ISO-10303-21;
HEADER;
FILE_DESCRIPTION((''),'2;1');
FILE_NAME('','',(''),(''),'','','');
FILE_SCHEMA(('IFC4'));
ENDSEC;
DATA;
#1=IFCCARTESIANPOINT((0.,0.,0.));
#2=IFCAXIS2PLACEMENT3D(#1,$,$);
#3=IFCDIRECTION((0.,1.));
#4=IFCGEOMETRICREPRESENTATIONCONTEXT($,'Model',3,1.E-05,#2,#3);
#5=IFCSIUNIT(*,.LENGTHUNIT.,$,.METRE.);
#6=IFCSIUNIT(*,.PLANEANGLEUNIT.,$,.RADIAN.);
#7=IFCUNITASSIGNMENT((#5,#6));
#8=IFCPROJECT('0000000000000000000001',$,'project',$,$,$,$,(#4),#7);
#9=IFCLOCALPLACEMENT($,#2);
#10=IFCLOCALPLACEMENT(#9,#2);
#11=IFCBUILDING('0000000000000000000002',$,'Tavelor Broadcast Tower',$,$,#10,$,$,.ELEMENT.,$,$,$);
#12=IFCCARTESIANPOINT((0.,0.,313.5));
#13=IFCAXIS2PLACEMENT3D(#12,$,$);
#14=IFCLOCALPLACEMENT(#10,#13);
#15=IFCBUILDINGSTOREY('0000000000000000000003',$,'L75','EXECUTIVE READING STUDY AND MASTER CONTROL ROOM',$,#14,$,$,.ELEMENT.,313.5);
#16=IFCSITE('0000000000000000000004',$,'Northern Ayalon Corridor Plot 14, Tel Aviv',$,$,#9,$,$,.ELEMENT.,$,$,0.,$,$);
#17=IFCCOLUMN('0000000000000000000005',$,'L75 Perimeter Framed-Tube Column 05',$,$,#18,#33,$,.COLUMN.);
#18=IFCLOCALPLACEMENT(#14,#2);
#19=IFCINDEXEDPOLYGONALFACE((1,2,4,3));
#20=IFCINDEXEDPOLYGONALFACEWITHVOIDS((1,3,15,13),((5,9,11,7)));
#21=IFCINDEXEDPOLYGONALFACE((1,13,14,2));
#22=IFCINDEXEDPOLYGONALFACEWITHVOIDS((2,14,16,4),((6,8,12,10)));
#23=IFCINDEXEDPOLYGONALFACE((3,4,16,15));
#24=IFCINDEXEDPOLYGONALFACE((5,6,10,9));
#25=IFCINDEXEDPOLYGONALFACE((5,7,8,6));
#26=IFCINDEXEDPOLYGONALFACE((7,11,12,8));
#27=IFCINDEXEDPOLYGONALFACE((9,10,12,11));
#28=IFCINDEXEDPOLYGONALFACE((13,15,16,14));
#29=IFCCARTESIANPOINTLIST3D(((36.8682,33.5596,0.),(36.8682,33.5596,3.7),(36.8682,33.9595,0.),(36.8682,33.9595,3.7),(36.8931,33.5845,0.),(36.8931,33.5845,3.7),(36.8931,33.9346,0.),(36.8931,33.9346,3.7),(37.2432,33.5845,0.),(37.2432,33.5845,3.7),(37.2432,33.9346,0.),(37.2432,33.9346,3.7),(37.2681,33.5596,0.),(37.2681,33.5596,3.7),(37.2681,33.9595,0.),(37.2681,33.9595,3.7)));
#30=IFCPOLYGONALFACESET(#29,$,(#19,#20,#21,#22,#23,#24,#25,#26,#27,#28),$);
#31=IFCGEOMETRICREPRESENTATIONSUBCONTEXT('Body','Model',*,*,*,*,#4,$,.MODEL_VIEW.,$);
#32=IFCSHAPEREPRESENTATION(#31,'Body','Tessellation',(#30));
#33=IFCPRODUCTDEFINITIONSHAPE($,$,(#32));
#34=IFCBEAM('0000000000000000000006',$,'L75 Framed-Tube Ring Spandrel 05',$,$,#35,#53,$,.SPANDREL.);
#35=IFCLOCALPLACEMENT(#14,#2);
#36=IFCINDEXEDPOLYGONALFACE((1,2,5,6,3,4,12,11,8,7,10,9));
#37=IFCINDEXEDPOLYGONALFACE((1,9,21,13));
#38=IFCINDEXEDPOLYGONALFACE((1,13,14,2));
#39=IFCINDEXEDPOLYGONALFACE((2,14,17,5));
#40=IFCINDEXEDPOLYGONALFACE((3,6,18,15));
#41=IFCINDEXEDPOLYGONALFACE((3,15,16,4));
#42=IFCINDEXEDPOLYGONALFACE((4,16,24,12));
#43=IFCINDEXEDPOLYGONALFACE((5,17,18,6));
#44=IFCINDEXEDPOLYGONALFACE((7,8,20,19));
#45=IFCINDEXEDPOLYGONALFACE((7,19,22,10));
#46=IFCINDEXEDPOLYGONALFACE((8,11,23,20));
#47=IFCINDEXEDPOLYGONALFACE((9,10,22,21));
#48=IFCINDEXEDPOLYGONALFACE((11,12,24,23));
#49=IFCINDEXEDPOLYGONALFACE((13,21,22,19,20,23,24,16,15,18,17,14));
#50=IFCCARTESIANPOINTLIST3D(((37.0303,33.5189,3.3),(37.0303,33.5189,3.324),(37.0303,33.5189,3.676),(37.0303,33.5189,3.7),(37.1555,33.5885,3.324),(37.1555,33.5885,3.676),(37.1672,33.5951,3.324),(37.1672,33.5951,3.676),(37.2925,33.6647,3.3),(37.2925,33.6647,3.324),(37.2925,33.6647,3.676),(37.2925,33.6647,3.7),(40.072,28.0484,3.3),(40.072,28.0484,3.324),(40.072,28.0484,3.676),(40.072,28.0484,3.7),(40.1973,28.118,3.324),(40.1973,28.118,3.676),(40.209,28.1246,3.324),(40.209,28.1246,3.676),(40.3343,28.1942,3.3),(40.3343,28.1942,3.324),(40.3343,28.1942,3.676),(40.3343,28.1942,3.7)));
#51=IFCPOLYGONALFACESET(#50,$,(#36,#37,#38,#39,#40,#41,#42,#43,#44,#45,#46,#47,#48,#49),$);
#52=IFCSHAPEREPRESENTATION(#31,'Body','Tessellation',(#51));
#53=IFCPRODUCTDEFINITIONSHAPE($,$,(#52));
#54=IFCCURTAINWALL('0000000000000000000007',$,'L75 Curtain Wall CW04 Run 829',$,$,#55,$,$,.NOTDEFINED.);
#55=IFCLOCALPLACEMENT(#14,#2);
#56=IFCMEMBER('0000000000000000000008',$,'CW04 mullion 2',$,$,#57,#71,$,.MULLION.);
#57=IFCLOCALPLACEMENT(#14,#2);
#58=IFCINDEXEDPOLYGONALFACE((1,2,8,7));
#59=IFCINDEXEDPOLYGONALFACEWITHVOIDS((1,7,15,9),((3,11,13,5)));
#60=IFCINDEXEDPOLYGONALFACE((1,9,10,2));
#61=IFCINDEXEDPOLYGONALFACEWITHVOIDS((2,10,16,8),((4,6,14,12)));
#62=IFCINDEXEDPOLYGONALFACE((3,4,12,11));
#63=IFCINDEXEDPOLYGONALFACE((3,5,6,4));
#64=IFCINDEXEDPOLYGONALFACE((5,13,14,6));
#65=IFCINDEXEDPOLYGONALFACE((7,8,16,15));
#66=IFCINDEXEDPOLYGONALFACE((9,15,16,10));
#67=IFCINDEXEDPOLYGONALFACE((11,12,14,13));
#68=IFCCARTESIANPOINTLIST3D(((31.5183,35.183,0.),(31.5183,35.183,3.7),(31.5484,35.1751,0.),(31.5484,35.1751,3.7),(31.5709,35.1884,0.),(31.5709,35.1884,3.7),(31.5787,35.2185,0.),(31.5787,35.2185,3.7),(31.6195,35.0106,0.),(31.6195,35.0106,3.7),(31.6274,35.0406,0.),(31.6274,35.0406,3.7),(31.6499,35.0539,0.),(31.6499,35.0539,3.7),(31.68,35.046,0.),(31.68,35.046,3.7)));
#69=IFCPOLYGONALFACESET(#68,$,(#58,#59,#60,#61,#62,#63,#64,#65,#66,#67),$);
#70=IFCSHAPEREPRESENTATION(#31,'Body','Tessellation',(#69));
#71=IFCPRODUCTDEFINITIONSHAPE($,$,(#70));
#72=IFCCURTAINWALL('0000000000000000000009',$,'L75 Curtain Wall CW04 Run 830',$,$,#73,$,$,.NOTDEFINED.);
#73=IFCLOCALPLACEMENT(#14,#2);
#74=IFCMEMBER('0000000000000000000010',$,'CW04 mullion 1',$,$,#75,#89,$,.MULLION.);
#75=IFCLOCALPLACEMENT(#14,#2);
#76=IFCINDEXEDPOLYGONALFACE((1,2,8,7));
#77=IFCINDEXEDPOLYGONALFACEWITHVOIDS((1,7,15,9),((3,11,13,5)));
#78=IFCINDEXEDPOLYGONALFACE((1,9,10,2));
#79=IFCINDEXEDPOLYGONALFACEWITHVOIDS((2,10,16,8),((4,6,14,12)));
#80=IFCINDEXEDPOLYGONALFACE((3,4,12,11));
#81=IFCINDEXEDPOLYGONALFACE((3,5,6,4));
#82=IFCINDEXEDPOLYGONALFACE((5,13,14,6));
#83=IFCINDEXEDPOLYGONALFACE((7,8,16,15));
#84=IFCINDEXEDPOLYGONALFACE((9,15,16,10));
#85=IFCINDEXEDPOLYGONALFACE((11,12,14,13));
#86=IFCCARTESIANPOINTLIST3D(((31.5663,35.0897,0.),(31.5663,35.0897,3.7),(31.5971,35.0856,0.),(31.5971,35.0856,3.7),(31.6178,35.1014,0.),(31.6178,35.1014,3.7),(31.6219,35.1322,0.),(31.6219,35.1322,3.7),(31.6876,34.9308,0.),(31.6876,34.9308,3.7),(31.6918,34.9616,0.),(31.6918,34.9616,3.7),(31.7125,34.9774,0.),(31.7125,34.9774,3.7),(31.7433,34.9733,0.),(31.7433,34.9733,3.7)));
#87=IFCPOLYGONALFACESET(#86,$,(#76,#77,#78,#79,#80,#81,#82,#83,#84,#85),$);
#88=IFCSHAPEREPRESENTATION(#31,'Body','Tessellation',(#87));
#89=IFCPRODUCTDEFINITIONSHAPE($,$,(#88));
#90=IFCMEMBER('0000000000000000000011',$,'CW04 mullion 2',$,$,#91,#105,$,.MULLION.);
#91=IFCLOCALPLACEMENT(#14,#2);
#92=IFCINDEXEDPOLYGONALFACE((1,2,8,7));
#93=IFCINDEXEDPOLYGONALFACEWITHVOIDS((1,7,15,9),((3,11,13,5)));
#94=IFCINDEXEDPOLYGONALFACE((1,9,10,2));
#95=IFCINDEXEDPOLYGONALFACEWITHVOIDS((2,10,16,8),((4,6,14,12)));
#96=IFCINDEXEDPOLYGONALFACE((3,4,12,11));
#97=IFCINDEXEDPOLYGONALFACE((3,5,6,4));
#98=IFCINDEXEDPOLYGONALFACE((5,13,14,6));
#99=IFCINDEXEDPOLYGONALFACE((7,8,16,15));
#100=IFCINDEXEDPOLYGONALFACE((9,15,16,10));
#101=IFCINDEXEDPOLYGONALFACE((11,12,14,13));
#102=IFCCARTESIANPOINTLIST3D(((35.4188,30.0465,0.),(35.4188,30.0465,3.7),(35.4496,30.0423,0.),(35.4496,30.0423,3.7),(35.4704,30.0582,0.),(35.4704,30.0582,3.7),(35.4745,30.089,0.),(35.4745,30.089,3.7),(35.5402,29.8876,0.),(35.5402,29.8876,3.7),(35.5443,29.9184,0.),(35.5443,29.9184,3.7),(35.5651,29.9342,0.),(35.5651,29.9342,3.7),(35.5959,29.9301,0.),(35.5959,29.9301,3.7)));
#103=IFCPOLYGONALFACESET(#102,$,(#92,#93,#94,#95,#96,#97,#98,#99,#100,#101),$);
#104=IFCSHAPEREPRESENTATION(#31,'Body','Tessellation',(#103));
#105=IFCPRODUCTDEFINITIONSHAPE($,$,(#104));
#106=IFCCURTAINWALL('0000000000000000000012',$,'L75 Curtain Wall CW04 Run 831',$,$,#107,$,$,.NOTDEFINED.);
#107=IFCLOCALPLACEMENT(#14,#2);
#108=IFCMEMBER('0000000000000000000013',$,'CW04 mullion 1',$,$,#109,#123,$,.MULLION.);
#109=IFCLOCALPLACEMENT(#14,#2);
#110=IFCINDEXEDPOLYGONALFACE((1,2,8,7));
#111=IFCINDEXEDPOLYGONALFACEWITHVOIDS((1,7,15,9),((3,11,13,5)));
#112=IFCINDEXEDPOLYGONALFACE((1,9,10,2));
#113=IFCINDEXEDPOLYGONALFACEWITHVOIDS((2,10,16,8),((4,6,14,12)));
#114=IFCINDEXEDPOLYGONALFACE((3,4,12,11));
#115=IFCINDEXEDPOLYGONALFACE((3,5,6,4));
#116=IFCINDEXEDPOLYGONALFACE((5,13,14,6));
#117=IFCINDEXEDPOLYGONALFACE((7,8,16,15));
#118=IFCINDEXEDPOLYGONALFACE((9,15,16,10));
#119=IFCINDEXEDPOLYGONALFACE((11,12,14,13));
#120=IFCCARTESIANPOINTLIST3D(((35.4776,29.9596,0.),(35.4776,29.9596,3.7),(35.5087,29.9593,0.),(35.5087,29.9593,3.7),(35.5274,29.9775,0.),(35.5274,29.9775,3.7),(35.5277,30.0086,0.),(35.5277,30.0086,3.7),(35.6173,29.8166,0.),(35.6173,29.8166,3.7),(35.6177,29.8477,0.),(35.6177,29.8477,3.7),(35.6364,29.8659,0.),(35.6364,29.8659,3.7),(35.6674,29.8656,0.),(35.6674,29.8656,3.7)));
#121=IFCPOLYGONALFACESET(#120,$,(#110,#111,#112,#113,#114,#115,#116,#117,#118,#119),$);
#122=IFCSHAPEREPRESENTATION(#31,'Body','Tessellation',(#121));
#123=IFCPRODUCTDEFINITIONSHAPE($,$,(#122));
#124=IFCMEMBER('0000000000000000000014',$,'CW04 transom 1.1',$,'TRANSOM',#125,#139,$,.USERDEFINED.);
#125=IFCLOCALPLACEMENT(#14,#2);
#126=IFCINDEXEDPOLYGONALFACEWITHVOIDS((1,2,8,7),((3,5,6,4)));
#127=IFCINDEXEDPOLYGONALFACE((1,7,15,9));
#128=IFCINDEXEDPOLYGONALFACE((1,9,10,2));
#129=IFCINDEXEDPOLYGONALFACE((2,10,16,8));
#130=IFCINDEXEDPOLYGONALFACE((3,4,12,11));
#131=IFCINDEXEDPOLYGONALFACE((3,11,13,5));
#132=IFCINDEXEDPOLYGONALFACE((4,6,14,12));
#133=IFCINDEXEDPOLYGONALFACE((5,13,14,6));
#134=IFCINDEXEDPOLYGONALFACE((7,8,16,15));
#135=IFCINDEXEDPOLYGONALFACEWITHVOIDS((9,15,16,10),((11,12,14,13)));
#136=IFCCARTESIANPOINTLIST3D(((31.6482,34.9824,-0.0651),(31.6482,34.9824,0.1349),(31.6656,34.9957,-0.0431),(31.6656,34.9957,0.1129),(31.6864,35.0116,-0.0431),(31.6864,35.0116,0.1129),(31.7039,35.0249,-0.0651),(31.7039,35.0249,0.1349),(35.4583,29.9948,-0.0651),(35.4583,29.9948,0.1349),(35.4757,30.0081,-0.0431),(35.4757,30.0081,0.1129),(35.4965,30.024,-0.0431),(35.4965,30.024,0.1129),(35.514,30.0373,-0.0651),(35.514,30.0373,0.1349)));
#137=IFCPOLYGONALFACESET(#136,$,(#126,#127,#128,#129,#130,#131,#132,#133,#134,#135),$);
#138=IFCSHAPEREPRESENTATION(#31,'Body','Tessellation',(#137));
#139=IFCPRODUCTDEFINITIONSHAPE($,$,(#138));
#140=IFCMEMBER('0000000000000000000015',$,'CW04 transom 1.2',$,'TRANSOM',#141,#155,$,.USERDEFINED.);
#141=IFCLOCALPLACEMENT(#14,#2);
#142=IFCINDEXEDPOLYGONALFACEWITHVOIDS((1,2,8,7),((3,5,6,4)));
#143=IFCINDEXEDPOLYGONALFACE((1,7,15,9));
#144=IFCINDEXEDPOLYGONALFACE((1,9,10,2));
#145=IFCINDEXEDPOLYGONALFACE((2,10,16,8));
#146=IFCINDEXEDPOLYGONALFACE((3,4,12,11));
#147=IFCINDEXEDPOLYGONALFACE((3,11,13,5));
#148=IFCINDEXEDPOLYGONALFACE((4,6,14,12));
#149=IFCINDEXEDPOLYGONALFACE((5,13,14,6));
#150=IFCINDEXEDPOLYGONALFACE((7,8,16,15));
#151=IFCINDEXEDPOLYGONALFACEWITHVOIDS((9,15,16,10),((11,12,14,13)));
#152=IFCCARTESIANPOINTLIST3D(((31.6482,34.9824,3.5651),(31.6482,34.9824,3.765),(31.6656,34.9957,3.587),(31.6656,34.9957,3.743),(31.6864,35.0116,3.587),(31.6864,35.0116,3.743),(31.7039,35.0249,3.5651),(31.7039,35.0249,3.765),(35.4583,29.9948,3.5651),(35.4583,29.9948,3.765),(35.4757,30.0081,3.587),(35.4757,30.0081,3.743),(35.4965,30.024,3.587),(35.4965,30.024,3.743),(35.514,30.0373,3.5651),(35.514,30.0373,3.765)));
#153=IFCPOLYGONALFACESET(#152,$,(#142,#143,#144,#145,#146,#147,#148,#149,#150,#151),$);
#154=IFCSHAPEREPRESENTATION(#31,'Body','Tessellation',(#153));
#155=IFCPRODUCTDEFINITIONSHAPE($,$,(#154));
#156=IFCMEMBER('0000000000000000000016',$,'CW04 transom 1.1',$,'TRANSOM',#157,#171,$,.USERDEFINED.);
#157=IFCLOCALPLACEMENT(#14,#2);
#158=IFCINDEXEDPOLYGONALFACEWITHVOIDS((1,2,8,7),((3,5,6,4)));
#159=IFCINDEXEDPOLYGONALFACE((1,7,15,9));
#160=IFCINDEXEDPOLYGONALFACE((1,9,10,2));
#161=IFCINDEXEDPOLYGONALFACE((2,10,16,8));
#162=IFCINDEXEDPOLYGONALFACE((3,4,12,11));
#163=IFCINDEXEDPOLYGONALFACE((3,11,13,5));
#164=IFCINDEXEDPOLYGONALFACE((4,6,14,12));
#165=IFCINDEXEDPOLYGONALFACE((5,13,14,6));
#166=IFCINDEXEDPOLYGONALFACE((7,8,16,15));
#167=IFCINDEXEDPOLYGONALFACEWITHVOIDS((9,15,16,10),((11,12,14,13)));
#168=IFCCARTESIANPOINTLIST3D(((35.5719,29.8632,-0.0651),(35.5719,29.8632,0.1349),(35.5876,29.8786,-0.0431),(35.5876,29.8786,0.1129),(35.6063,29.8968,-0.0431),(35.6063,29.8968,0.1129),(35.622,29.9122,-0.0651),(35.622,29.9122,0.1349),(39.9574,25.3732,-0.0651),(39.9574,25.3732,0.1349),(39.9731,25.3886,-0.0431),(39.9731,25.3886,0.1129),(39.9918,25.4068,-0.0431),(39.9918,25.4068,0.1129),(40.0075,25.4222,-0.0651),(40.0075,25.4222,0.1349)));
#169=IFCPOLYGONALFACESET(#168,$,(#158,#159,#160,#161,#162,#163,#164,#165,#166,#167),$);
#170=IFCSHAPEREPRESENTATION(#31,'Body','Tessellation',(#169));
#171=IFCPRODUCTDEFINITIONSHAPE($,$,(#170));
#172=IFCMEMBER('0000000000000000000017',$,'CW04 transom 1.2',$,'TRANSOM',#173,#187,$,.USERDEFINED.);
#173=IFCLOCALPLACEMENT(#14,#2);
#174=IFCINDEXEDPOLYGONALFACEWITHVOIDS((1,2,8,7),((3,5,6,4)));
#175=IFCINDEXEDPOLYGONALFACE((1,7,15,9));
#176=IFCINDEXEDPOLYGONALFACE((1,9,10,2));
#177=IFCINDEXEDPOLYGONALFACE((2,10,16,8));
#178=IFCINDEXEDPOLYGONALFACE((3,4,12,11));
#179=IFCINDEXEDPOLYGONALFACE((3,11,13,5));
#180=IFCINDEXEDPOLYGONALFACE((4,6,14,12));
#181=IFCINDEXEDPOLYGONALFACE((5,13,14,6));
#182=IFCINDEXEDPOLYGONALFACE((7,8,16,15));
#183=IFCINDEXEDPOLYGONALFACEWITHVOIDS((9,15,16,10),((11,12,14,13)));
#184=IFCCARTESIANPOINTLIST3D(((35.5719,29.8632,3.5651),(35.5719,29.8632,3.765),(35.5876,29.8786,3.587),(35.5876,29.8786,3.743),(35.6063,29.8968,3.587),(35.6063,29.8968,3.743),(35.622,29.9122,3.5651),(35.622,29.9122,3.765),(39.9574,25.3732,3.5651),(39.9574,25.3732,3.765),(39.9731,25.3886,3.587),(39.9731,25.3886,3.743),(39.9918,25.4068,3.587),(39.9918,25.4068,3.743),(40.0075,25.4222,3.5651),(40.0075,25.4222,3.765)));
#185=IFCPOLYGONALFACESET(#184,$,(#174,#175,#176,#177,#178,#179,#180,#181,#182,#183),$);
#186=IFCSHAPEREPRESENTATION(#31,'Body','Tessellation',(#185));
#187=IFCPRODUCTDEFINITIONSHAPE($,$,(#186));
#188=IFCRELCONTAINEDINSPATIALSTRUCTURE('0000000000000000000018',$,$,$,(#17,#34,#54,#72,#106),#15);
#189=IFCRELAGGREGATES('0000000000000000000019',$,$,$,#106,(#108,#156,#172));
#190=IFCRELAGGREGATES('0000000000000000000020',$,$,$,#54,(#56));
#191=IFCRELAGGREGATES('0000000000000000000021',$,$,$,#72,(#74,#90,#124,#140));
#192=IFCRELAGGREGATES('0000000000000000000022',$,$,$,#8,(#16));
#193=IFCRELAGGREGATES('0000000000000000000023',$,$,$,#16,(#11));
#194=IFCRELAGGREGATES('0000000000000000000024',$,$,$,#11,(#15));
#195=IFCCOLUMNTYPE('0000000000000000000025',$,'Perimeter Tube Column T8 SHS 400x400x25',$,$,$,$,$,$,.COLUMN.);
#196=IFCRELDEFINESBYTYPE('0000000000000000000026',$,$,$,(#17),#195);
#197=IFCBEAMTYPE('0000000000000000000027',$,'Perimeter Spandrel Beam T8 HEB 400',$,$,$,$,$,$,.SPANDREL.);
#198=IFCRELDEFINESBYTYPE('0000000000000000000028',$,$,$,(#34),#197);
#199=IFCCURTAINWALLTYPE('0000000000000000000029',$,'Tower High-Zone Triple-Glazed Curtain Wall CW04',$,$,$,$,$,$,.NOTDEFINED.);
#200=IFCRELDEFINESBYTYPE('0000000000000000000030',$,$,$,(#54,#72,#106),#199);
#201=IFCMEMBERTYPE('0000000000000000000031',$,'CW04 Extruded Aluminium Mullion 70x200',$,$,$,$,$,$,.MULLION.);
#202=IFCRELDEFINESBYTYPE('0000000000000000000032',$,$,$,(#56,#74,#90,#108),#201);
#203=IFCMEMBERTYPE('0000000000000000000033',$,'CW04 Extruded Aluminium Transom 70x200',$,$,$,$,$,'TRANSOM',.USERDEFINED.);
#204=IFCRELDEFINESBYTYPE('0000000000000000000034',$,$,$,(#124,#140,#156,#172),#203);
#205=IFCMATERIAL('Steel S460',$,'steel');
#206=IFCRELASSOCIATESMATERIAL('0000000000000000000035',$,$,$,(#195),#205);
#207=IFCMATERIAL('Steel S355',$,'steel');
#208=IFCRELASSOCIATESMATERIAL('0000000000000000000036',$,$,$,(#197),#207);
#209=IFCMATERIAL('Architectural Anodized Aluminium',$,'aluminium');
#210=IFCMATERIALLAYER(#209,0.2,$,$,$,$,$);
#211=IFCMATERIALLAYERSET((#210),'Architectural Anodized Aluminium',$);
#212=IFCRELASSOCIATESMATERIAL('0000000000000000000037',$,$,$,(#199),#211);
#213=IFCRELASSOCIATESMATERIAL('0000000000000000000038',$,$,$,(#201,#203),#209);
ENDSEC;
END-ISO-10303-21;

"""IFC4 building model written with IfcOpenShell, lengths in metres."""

from ifc_helpers import new_model, si_unit, direction, frame, origin, origin_2d, place, context, subcontext, project, spatial, hollow_rectangle, i_section, extrude, source, transform, mapped, material, layer, layer_set, material_profile, profile_set, type_object, type_shapes, element, aggregate, save


model = new_model("IFC4")

# Units and contexts
model_context = context("Model", 3, precision=1e-05, world=origin(), true_north=direction((0.0, 1.0)))
body_context = subcontext(model_context, "Body", "Model", "MODEL_VIEW")
ifc_project = project(units=[si_unit("LENGTHUNIT", "METRE"), si_unit("PLANEANGLEUNIT", "RADIAN")], contexts=[model_context])

# Site, building, storey
site_placement = place(None, origin())
site = spatial("IfcSite", under=ifc_project, at=site_placement, Name="Northern Ayalon Corridor Plot 14, Tel Aviv", CompositionType="ELEMENT", RefElevation=0.0)
building_placement = place(site_placement, origin())
building = spatial("IfcBuilding", under=site, at=building_placement, Name="Tavelor Broadcast Tower", CompositionType="ELEMENT")
storey_placement = place(building_placement, frame((0.0, 0.0, 313.5)))
storey = spatial("IfcBuildingStorey", under=building, at=storey_placement, Name="L75", Description="EXECUTIVE READING STUDY AND MASTER CONTROL ROOM", CompositionType="ELEMENT", Elevation=313.5)

# Column
ifc_material_1 = material(Name="Steel S460", Category="steel")
ifc_material_profile_1 = material_profile(ifc_material_1, hollow_rectangle(XDim=0.3999, YDim=0.3999, WallThickness=0.0249, at=origin_2d()), Name="SHS 400x400x25")
ifc_profile_set_1 = profile_set([ifc_material_profile_1], Name="Steel S460")
column_type = type_object("IfcColumnType", Name="Perimeter Tube Column T8 SHS 400x400x25", PredefinedType="COLUMN", material=ifc_profile_set_1)
column_placement = place(storey_placement, frame((37.0681, 33.7595, 0.0), z_axis=(0.0, 0.0, 1.0), x_axis=(1.0, 0.0, 0.0)))
element("IfcColumn", 1, at=column_placement, inside=storey, type_object=column_type, Name="L75 Perimeter Framed-Tube Column 05", PredefinedType="COLUMN", context=body_context, shape_type="SweptSolid", body=[
    extrude(hollow_rectangle(XDim=0.3999, YDim=0.3999, WallThickness=0.0249, at=origin_2d()), origin(), (0.0, 0.0, 1.0), 3.7),
])

# Beam
ifc_material_2 = material(Name="Steel S355", Category="steel")
ifc_material_profile_2 = material_profile(ifc_material_2, i_section(OverallWidth=0.3, OverallDepth=0.3999, WebThickness=0.0134, FlangeThickness=0.0239, at=origin_2d()), Name="HEB 400")
ifc_profile_set_2 = profile_set([ifc_material_profile_2], Name="Steel S355")
beam_type = type_object("IfcBeamType", Name="Perimeter Spandrel Beam T8 HEB 400", PredefinedType="SPANDREL", material=ifc_profile_set_2)
beam_placement = place(storey_placement, frame((37.1614, 33.5918, 3.5), z_axis=(0.485961, -0.873981, 0.0), x_axis=(0.873981, 0.485961, 0.0)))
element("IfcBeam", 2, at=beam_placement, inside=storey, type_object=beam_type, Name="L75 Framed-Tube Ring Spandrel 05", PredefinedType="SPANDREL", context=body_context, shape_type="SweptSolid", body=[
    extrude(i_section(OverallWidth=0.3, OverallDepth=0.3999, WebThickness=0.0134, FlangeThickness=0.0239, at=origin_2d()), origin(), (0.0, 0.0, 1.0), 6.2593),
])

# Curtain wall, member
ifc_material_3 = material(Name="Architectural Anodized Aluminium", Category="aluminium")
ifc_layer_1 = layer(ifc_material_3, 0.2)
ifc_layer_set_1 = layer_set([ifc_layer_1], Name="Architectural Anodized Aluminium")
curtain_wall_type = type_object("IfcCurtainWallType", Name="Tower High-Zone Triple-Glazed Curtain Wall CW04", PredefinedType="NOTDEFINED", material=ifc_layer_set_1)
curtain_wall_1_placement = place(storey_placement, origin())
curtain_wall_1 = element("IfcCurtainWall", 3, at=curtain_wall_1_placement, inside=storey, type_object=curtain_wall_type, Name="L75 Curtain Wall CW04 Run 829", PredefinedType="NOTDEFINED")
ifc_material_profile_3 = material_profile(ifc_material_3, hollow_rectangle(XDim=0.0701, YDim=0.2, WallThickness=0.022, at=origin_2d()), Name="RHS 70x200x22")
ifc_profile_set_3 = profile_set([ifc_material_profile_3], Name="Architectural Anodized Aluminium")
member_type_1 = type_object("IfcMemberType", Name="CW04 Extruded Aluminium Mullion 70x200", PredefinedType="MULLION", material=ifc_profile_set_3)
shared_shape_1 = source(origin(), body_context, "Body", "SweptSolid", [
    extrude(hollow_rectangle(XDim=0.0701, YDim=0.2, WallThickness=0.022, at=origin_2d()), origin(), (0.0, 0.0, 1.0), 3.7),
])
type_shapes(member_type_1, [shared_shape_1])
member_1_placement = place(storey_placement, frame((31.5991, 35.1145, 0.0), z_axis=(0.0, 0.0, 1.0), x_axis=(0.862299, 0.506399, 0.0)))
member_1 = element("IfcMember", 4, at=member_1_placement, type_object=member_type_1, Name="CW04 mullion 2", PredefinedType="MULLION", context=body_context, shape_type="MappedRepresentation", body=[
    mapped(shared_shape_1, transform((0.0, 0.0, 0.0), scale=1.0)),
])

# Curtain wall, members
curtain_wall_2_placement = place(storey_placement, origin())
curtain_wall_2 = element("IfcCurtainWall", 5, at=curtain_wall_2_placement, inside=storey, type_object=curtain_wall_type, Name="L75 Curtain Wall CW04 Run 830", PredefinedType="NOTDEFINED")
member_2_placement = place(storey_placement, frame((31.6548, 35.0315, 0.0), z_axis=(0.0, 0.0, 1.0), x_axis=(0.79467, 0.607041, 0.0)))
member_2 = element("IfcMember", 6, at=member_2_placement, type_object=member_type_1, Name="CW04 mullion 1", PredefinedType="MULLION", context=body_context, shape_type="MappedRepresentation", body=[
    mapped(shared_shape_1, transform((0.0, 0.0, 0.0), scale=1.0)),
])
member_3_placement = place(storey_placement, frame((35.5073, 29.9883, 0.0), z_axis=(0.0, 0.0, 1.0), x_axis=(0.79467, 0.607041, 0.0)))
member_3 = element("IfcMember", 7, at=member_3_placement, type_object=member_type_1, Name="CW04 mullion 2", PredefinedType="MULLION", context=body_context, shape_type="MappedRepresentation", body=[
    mapped(shared_shape_1, transform((0.0, 0.0, 0.0), scale=1.0)),
])

# Curtain wall, member
curtain_wall_3_placement = place(storey_placement, origin())
curtain_wall_3 = element("IfcCurtainWall", 8, at=curtain_wall_3_placement, inside=storey, type_object=curtain_wall_type, Name="L75 Curtain Wall CW04 Run 831", PredefinedType="NOTDEFINED")
member_4_placement = place(storey_placement, frame((35.5725, 29.9126, 0.0), z_axis=(0.0, 0.0, 1.0), x_axis=(0.71538, 0.698735, 0.0)))
member_4 = element("IfcMember", 9, at=member_4_placement, type_object=member_type_1, Name="CW04 mullion 1", PredefinedType="MULLION", context=body_context, shape_type="MappedRepresentation", body=[
    mapped(shared_shape_1, transform((0.0, 0.0, 0.0), scale=1.0)),
])

# Members
ifc_material_profile_4 = material_profile(ifc_material_3, hollow_rectangle(XDim=0.0701, YDim=0.2, WallThickness=0.022, at=origin_2d()), Name="RHS 70x200x22")
ifc_profile_set_4 = profile_set([ifc_material_profile_4], Name="Architectural Anodized Aluminium")
member_type_2 = type_object("IfcMemberType", Name="CW04 Extruded Aluminium Transom 70x200", ElementType="TRANSOM", PredefinedType="USERDEFINED", material=ifc_profile_set_4)
shared_shape_2 = source(origin(), body_context, "Body", "SweptSolid", [
    extrude(hollow_rectangle(XDim=0.0701, YDim=0.2, WallThickness=0.022, at=origin_2d()), origin(), (0.0, 0.0, 1.0), 6.2764),
])
type_shapes(member_type_2, [shared_shape_2])
member_5_placement = place(storey_placement, frame((31.676, 35.0037, 0.0349), z_axis=(0.607053, -0.794661, 0.0), x_axis=(0.794661, 0.607053, 0.0)))
member_5 = element("IfcMember", 10, at=member_5_placement, type_object=member_type_2, Name="CW04 transom 1.1", ObjectType="TRANSOM", PredefinedType="USERDEFINED", context=body_context, shape_type="MappedRepresentation", body=[
    mapped(shared_shape_2, transform((0.0, 0.0, 0.0), scale=1.0)),
])
member_6_placement = place(storey_placement, frame((31.676, 35.0037, 3.665), z_axis=(0.607053, -0.794661, 0.0), x_axis=(0.794661, 0.607053, 0.0)))
member_6 = element("IfcMember", 11, at=member_6_placement, type_object=member_type_2, Name="CW04 transom 1.2", ObjectType="TRANSOM", PredefinedType="USERDEFINED", context=body_context, shape_type="MappedRepresentation", body=[
    mapped(shared_shape_2, transform((0.0, 0.0, 0.0), scale=1.0)),
])
member_7_placement = place(storey_placement, frame((35.5969, 29.8877, 0.0349), z_axis=(0.698734, -0.715382, 0.0), x_axis=(0.715382, 0.698734, 0.0)))
member_7 = element("IfcMember", 12, at=member_7_placement, type_object=member_type_2, Name="CW04 transom 1.1", ObjectType="TRANSOM", PredefinedType="USERDEFINED", context=body_context, shape_type="MappedRepresentation", body=[
    mapped(shared_shape_2, transform((0.0, 0.0, 0.0), scale=1.0)),
])
member_8_placement = place(storey_placement, frame((35.5969, 29.8877, 3.665), z_axis=(0.698734, -0.715382, 0.0), x_axis=(0.715382, 0.698734, 0.0)))
member_8 = element("IfcMember", 13, at=member_8_placement, type_object=member_type_2, Name="CW04 transom 1.2", ObjectType="TRANSOM", PredefinedType="USERDEFINED", context=body_context, shape_type="MappedRepresentation", body=[
    mapped(shared_shape_2, transform((0.0, 0.0, 0.0), scale=1.0)),
])
aggregate(curtain_wall_3, [member_4, member_7, member_8])

aggregate(curtain_wall_1, [member_1])
aggregate(curtain_wall_2, [member_2, member_3, member_5, member_6])

save(model, "model.ifc")
